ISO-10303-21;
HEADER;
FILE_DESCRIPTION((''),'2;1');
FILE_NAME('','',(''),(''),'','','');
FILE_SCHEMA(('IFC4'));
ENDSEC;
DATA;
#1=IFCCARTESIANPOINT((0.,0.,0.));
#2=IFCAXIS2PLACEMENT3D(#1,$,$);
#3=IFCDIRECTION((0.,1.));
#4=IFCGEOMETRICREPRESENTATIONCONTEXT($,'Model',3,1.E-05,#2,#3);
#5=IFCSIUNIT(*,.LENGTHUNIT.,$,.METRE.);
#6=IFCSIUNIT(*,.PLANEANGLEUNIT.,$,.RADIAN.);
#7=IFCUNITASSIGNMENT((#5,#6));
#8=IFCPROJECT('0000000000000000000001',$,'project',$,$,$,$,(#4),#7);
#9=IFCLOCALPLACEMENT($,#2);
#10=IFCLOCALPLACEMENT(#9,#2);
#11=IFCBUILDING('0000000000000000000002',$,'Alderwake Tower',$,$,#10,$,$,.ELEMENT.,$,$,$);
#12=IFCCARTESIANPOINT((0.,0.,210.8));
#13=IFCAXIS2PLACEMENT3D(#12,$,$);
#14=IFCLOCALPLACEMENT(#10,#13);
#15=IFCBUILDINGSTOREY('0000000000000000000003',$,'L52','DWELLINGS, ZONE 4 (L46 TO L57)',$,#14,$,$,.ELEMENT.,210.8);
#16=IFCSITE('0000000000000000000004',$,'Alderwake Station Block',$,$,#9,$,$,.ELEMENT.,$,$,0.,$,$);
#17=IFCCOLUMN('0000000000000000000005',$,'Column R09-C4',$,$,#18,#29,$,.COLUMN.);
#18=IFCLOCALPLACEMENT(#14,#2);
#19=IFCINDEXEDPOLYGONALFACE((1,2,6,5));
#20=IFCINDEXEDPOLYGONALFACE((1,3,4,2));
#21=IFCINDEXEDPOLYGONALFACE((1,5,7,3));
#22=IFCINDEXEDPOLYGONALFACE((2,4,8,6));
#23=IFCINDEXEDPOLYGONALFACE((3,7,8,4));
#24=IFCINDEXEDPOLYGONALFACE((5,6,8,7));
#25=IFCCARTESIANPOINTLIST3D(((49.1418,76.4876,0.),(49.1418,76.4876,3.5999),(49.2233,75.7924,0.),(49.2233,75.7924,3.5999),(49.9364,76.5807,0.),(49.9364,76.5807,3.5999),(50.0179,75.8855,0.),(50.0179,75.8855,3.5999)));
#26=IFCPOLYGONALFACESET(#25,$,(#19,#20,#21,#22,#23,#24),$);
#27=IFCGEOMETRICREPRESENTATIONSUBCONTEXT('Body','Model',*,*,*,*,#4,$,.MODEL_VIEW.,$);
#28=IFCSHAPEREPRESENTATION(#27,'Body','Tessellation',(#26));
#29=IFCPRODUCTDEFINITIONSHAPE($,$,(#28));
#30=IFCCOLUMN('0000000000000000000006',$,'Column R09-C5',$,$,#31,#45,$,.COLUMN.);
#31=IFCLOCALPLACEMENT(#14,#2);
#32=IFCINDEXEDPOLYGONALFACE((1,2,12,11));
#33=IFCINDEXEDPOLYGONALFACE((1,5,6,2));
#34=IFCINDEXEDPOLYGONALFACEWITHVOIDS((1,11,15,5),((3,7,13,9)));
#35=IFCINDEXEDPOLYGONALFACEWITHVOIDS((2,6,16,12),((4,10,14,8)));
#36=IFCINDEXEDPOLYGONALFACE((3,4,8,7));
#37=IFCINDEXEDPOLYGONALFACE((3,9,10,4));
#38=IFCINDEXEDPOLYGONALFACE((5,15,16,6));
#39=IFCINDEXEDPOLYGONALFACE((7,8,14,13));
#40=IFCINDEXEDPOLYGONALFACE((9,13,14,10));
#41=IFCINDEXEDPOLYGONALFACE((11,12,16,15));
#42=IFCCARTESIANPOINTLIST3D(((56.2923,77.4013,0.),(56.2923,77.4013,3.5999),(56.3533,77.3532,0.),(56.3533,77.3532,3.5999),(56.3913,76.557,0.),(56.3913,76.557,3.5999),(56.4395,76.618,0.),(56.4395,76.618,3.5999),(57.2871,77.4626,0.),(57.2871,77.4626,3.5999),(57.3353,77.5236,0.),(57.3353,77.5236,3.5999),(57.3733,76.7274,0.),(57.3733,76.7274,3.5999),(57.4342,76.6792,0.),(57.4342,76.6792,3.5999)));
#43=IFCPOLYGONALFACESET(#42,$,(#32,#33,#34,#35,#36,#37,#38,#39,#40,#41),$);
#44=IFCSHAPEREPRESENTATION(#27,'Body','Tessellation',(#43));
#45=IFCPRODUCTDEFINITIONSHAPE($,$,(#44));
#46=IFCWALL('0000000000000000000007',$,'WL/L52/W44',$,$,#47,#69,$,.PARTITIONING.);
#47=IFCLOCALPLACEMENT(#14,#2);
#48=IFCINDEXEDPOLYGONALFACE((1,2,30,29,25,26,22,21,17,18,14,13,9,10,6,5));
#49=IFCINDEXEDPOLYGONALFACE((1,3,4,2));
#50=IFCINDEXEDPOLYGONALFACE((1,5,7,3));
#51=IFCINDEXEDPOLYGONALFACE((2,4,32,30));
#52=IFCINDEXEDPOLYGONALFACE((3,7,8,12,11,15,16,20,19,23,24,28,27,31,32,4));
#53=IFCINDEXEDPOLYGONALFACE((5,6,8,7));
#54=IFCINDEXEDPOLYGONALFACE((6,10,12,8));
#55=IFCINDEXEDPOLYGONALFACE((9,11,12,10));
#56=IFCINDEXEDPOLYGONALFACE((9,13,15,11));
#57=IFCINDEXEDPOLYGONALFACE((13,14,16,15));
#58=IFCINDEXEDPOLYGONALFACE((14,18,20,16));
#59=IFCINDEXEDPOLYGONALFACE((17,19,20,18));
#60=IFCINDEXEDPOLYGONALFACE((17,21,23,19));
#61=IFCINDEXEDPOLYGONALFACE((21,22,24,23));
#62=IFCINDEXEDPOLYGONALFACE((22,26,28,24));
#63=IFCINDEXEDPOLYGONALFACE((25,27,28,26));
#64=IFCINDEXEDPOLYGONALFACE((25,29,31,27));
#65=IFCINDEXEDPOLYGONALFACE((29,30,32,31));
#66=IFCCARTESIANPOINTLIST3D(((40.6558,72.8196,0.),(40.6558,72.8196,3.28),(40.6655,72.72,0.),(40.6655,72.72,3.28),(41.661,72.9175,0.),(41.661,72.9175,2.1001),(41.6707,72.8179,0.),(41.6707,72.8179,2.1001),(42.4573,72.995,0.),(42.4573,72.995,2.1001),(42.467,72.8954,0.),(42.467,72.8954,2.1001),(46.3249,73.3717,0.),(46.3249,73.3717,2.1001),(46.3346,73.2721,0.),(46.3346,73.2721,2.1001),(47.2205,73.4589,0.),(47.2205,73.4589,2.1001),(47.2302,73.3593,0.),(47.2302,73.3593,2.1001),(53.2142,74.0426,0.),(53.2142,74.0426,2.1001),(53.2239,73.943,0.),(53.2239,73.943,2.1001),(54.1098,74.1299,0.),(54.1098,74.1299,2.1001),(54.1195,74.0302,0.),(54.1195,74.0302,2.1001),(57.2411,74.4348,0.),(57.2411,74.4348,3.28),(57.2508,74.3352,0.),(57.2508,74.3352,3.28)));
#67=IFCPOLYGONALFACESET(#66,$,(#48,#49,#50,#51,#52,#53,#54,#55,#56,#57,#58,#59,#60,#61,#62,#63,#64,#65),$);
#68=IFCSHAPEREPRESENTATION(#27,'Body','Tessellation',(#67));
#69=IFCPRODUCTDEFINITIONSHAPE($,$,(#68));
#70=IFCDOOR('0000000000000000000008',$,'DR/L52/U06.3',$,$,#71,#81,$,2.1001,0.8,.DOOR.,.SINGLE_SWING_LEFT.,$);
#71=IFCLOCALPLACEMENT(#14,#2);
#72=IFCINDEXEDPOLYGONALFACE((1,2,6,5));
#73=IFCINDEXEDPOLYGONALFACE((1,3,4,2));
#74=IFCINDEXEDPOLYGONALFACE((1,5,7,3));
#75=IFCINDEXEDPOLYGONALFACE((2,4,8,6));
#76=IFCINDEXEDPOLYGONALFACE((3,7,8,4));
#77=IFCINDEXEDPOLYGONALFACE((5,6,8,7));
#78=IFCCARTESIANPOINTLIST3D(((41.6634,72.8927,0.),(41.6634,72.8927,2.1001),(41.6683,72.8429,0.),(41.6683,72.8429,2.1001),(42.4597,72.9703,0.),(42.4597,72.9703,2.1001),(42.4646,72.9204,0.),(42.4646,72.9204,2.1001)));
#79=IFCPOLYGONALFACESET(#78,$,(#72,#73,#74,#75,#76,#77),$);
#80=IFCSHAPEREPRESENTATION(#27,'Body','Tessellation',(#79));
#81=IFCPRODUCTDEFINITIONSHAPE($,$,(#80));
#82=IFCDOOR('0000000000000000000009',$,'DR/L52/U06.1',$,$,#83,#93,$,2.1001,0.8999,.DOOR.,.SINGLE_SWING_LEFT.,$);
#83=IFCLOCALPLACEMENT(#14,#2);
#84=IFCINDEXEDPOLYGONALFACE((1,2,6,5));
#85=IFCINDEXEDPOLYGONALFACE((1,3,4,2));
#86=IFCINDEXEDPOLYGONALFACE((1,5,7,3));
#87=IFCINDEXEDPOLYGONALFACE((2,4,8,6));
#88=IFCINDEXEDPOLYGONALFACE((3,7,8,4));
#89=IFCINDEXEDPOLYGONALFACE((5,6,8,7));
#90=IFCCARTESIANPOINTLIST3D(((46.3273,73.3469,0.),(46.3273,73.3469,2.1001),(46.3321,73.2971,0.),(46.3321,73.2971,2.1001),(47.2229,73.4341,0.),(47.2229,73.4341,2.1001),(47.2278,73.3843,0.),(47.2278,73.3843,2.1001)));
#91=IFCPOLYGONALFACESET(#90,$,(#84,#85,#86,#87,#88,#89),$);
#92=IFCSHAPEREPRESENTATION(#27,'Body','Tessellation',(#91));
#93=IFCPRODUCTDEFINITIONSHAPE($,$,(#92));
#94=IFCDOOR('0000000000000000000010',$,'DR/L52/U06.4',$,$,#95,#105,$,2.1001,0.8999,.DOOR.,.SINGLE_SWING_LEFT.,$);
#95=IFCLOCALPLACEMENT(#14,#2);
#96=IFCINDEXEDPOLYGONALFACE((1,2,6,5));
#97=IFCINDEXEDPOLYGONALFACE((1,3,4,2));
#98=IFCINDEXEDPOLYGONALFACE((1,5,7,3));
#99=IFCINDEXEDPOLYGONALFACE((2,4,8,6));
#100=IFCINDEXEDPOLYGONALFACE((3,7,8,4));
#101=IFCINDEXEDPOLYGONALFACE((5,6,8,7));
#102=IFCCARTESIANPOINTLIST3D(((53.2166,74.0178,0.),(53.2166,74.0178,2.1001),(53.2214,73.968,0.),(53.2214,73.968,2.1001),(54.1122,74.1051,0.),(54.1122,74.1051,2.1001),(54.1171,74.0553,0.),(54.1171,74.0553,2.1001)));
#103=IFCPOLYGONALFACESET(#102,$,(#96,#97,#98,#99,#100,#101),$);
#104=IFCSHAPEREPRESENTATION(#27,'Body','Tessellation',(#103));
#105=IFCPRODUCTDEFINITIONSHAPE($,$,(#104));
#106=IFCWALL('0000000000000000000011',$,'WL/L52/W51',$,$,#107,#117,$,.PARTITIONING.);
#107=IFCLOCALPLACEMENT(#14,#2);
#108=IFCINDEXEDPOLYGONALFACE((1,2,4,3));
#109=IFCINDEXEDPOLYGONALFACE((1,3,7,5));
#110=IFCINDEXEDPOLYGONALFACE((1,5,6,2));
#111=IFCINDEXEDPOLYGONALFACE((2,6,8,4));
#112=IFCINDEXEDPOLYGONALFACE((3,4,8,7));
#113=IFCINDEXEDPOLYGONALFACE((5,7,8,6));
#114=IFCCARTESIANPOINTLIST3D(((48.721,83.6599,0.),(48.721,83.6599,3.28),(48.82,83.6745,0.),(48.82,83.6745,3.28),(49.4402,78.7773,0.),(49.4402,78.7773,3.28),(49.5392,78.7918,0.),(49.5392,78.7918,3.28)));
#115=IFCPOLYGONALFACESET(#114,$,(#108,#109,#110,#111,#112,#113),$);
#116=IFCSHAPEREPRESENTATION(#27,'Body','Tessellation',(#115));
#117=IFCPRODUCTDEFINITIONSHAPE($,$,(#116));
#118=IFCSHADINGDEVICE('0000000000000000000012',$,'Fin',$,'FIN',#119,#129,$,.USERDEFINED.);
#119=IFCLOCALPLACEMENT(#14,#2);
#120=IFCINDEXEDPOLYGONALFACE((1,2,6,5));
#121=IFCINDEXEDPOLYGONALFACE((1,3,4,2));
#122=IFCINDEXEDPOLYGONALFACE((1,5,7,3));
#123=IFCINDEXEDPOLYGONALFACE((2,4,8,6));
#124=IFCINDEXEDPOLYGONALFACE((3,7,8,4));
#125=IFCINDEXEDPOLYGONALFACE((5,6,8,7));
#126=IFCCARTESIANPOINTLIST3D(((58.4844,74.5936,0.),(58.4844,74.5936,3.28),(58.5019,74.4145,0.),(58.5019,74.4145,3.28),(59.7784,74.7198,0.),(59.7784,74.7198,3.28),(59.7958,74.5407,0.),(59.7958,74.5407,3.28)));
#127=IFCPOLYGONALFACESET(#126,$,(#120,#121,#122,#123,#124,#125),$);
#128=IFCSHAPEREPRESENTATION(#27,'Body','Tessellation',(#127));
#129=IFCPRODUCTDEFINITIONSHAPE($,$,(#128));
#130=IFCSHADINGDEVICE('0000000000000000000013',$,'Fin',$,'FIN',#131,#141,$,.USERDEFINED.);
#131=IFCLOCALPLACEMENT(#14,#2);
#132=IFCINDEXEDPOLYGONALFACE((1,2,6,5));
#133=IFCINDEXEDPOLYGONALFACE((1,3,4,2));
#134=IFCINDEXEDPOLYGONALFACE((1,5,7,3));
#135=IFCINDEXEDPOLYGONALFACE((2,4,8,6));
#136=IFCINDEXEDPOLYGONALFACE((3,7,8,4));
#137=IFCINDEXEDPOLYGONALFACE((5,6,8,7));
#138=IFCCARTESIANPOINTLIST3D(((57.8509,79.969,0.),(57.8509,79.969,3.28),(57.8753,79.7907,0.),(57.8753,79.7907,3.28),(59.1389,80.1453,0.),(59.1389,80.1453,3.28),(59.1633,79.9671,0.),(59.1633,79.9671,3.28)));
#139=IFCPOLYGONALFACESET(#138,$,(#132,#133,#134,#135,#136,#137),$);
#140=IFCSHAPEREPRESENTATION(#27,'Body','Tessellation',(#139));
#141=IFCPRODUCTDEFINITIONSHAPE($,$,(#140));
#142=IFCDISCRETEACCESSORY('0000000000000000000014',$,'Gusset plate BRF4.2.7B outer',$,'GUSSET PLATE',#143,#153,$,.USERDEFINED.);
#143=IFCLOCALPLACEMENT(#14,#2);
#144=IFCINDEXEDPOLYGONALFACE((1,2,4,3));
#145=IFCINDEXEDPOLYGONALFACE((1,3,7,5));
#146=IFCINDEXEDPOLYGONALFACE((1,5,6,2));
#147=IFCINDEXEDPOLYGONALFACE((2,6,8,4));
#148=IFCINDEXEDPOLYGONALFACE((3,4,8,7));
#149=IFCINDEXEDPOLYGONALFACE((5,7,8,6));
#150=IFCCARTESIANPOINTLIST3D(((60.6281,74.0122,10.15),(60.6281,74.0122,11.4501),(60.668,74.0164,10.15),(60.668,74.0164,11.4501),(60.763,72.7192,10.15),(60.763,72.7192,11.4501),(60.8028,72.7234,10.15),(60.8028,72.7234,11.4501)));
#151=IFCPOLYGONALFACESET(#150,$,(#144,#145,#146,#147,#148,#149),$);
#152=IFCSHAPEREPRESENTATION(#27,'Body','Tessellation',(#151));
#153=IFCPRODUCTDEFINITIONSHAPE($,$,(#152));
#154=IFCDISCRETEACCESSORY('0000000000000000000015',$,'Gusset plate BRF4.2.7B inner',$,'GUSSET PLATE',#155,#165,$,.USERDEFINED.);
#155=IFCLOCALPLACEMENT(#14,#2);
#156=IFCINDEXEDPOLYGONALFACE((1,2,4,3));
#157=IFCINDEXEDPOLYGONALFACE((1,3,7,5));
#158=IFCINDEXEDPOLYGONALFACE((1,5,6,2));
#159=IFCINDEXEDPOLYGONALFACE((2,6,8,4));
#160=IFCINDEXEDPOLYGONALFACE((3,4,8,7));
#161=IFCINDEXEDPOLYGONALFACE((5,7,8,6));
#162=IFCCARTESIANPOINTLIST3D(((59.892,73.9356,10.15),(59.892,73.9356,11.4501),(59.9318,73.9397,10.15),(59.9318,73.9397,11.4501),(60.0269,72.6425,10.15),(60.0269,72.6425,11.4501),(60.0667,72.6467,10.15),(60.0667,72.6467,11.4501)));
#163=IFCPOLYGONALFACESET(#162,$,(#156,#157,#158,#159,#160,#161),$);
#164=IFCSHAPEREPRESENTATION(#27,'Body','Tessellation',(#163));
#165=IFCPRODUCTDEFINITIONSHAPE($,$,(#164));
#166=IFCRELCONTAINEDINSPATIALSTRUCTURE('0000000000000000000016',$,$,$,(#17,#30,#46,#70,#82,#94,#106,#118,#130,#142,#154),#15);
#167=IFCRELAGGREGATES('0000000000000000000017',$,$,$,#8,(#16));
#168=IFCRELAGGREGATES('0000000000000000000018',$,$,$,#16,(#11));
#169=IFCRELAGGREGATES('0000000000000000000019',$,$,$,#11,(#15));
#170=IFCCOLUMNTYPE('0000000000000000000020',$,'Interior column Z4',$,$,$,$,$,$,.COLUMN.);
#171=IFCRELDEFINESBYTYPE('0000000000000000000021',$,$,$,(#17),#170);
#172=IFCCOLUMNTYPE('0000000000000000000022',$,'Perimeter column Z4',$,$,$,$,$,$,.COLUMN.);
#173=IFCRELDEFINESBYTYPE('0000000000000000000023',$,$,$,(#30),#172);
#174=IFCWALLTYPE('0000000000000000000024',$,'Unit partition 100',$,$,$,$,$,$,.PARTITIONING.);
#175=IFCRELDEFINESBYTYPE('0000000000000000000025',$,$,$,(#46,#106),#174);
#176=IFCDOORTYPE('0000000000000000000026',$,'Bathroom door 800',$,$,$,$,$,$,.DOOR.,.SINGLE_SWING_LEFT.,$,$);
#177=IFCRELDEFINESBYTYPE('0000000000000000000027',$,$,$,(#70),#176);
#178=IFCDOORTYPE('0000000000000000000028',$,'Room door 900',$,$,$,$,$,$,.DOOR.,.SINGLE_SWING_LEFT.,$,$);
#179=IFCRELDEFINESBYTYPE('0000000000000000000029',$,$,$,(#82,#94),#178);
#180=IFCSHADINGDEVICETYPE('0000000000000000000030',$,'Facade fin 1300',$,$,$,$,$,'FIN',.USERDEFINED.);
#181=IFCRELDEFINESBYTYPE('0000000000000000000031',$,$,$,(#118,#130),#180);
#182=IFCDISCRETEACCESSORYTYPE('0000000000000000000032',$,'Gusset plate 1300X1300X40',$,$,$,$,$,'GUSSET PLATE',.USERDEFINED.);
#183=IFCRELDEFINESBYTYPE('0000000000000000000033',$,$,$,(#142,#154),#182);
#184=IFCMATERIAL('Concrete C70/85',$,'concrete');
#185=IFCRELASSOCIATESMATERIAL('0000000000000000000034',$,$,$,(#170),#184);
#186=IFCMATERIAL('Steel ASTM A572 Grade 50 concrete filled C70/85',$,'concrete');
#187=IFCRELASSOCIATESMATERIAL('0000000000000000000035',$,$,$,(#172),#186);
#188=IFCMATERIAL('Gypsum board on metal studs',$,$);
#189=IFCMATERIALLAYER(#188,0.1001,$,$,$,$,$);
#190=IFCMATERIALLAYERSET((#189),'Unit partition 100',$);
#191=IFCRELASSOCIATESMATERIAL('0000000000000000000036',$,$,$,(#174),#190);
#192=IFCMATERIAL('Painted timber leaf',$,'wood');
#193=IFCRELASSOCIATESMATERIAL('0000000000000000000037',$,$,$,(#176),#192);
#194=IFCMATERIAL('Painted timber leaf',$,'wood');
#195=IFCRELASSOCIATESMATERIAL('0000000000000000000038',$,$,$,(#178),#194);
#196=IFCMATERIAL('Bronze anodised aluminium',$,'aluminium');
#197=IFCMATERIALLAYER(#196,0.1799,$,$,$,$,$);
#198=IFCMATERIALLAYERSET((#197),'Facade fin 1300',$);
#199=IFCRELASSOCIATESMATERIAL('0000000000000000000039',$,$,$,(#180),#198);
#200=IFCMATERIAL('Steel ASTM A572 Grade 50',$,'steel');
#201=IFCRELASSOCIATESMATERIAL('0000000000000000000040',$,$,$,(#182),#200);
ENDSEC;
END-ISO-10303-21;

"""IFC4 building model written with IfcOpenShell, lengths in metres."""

from ifc_helpers import new_model, si_unit, direction, frame, frame_2d, origin, origin_2d, place, context, subcontext, project, spatial, rectangle, hollow_rectangle, extrude, material, layer, layer_set, material_profile, profile_set, type_object, element, fill, save


model = new_model("IFC4")

# Units and contexts
model_context = context("Model", 3, precision=1e-05, world=origin(), true_north=direction((0.0, 1.0)))
body_context = subcontext(model_context, "Body", "Model", "MODEL_VIEW")
ifc_project = project(units=[si_unit("LENGTHUNIT", "METRE"), si_unit("PLANEANGLEUNIT", "RADIAN")], contexts=[model_context])

# Site, building, storey
site_placement = place(None, origin())
site = spatial("IfcSite", under=ifc_project, at=site_placement, Name="Alderwake Station Block", CompositionType="ELEMENT", RefElevation=0.0)
building_placement = place(site_placement, origin())
building = spatial("IfcBuilding", under=site, at=building_placement, Name="Alderwake Tower", CompositionType="ELEMENT")
storey_placement = place(building_placement, frame((0.0, 0.0, 210.8)))
storey = spatial("IfcBuildingStorey", under=building, at=storey_placement, Name="L52", Description="DWELLINGS, ZONE 4 (L46 TO L57)", CompositionType="ELEMENT", Elevation=210.8)

# Columns
ifc_material_1 = material(Name="Concrete C70/85", Category="concrete")
ifc_material_profile_1 = material_profile(ifc_material_1, rectangle(XDim=0.7, YDim=0.8, at=origin_2d()), Name="RC 800X700")
ifc_profile_set_1 = profile_set([ifc_material_profile_1], Name="Concrete C70/85")
column_type_1 = type_object("IfcColumnType", Name="Interior column Z4", PredefinedType="COLUMN", material=ifc_profile_set_1)
column_1_placement = place(storey_placement, frame((49.5798, 76.1865, 0.0), z_axis=(0.0, 0.0, 1.0), x_axis=(-0.116402, 0.993202, 0.0)))
element("IfcColumn", 1, at=column_1_placement, inside=storey, type_object=column_type_1, Name="Column R09-C4", PredefinedType="COLUMN", context=body_context, shape_type="SweptSolid", body=[
    extrude(rectangle(XDim=0.7, YDim=0.8, at=origin_2d()), origin(), (0.0, 0.0, 1.0), 3.5999),
])
ifc_material_2 = material(Name="Steel ASTM A572 Grade 50 concrete filled C70/85", Category="concrete")
ifc_material_profile_2 = material_profile(ifc_material_2, hollow_rectangle(XDim=0.8501, YDim=1.05, WallThickness=0.0549, at=origin_2d()), Name="BOX 1050X850X55")
ifc_profile_set_2 = profile_set([ifc_material_profile_2], Name="Steel ASTM A572 Grade 50 concrete filled C70/85")
column_type_2 = type_object("IfcColumnType", Name="Perimeter column Z4", PredefinedType="COLUMN", material=ifc_profile_set_2)
column_2_placement = place(storey_placement, frame((56.8633, 77.0403, 0.0), z_axis=(0.0, 0.0, 1.0), x_axis=(-0.116402, 0.993202, 0.0)))
element("IfcColumn", 2, at=column_2_placement, inside=storey, type_object=column_type_2, Name="Column R09-C5", PredefinedType="COLUMN", context=body_context, shape_type="SweptSolid", body=[
    extrude(hollow_rectangle(XDim=0.8501, YDim=1.05, WallThickness=0.0549, at=origin_2d()), origin(), (0.0, 0.0, 1.0), 3.5999),
])

# Wall, openings, doors
ifc_material_3 = material(Name="Gypsum board on metal studs")
ifc_layer_1 = layer(ifc_material_3, 0.1001)
ifc_layer_set_1 = layer_set([ifc_layer_1], Name="Unit partition 100")
wall_type_1 = type_object("IfcWallType", Name="Unit partition 100", PredefinedType="PARTITIONING", material=ifc_layer_set_1)
wall_1_placement = place(storey_placement, frame((57.2461, 74.385, 0.0), z_axis=(0.0, 0.0, 1.0), x_axis=(-0.995291, -0.09693, 0.0)))
wall_1 = element("IfcWall", 3, at=wall_1_placement, inside=storey, type_object=wall_type_1, Name="WL/L52/W44", PredefinedType="PARTITIONING", context=body_context, shape_type="SweptSolid", body=[
    extrude(rectangle(XDim=16.6638, YDim=0.1001, at=frame_2d((8.332, 0.0))), origin(), (0.0, 0.0, 1.0), 3.28),
])
opening_1_placement = place(wall_1_placement, frame((10.0681, 0.0, 0.0)))
opening_1 = element("IfcOpeningElement", 4, at=opening_1_placement, cuts=wall_1, PredefinedType="OPENING", context=body_context, shape_type="SweptSolid", body=[
    extrude(rectangle(XDim=0.8999, YDim=2.1001, at=frame_2d((0.45, 1.05))), frame((0.0, 0.0601, 0.0), z_axis=(0.0, -1.0, 0.0), x_axis=(1.0, 0.0, 0.0)), (0.0, 0.0, 1.0), 0.1201),
])
opening_2_placement = place(wall_1_placement, frame((14.854, 0.0, 0.0)))
opening_2 = element("IfcOpeningElement", 5, at=opening_2_placement, cuts=wall_1, PredefinedType="OPENING", context=body_context, shape_type="SweptSolid", body=[
    extrude(rectangle(XDim=0.8, YDim=2.1001, at=frame_2d((0.3999, 1.05))), frame((0.0, 0.0601, 0.0), z_axis=(0.0, -1.0, 0.0), x_axis=(1.0, 0.0, 0.0)), (0.0, 0.0, 1.0), 0.1201),
])
opening_3_placement = place(wall_1_placement, frame((3.1462, 0.0, 0.0)))
opening_3 = element("IfcOpeningElement", 6, at=opening_3_placement, cuts=wall_1, PredefinedType="OPENING", context=body_context, shape_type="SweptSolid", body=[
    extrude(rectangle(XDim=0.8999, YDim=2.1001, at=frame_2d((0.45, 1.05))), frame((0.0, 0.0601, 0.0), z_axis=(0.0, -1.0, 0.0), x_axis=(1.0, 0.0, 0.0)), (0.0, 0.0, 1.0), 0.1201),
])
ifc_material_4 = material(Name="Painted timber leaf", Category="wood")
door_type_1 = type_object("IfcDoorType", Name="Bathroom door 800", OperationType="SINGLE_SWING_LEFT", PredefinedType="DOOR", material=ifc_material_4)
door_1_placement = place(opening_2_placement, origin())
door_1 = element("IfcDoor", 7, at=door_1_placement, inside=storey, type_object=door_type_1, Name="DR/L52/U06.3", OperationType="SINGLE_SWING_LEFT", OverallHeight=2.1001, OverallWidth=0.8, PredefinedType="DOOR", context=body_context, shape_type="SweptSolid", body=[
    extrude(rectangle(XDim=0.8, YDim=2.1001, at=frame_2d((0.3999, 1.05))), frame((0.0, 0.0249, 0.0), z_axis=(0.0, -1.0, 0.0), x_axis=(1.0, 0.0, 0.0)), (0.0, 0.0, 1.0), 0.05),
])
fill(opening_2, door_1)
ifc_material_5 = material(Name="Painted timber leaf", Category="wood")
door_type_2 = type_object("IfcDoorType", Name="Room door 900", OperationType="SINGLE_SWING_LEFT", PredefinedType="DOOR", material=ifc_material_5)
door_2_placement = place(opening_1_placement, origin())
door_2 = element("IfcDoor", 8, at=door_2_placement, inside=storey, type_object=door_type_2, Name="DR/L52/U06.1", OperationType="SINGLE_SWING_LEFT", OverallHeight=2.1001, OverallWidth=0.8999, PredefinedType="DOOR", context=body_context, shape_type="SweptSolid", body=[
    extrude(rectangle(XDim=0.8999, YDim=2.1001, at=frame_2d((0.45, 1.05))), frame((0.0, 0.0249, 0.0), z_axis=(0.0, -1.0, 0.0), x_axis=(1.0, 0.0, 0.0)), (0.0, 0.0, 1.0), 0.05),
])
fill(opening_1, door_2)
door_3_placement = place(opening_3_placement, origin())
door_3 = element("IfcDoor", 9, at=door_3_placement, inside=storey, type_object=door_type_2, Name="DR/L52/U06.4", OperationType="SINGLE_SWING_LEFT", OverallHeight=2.1001, OverallWidth=0.8999, PredefinedType="DOOR", context=body_context, shape_type="SweptSolid", body=[
    extrude(rectangle(XDim=0.8999, YDim=2.1001, at=frame_2d((0.45, 1.05))), frame((0.0, 0.0249, 0.0), z_axis=(0.0, -1.0, 0.0), x_axis=(1.0, 0.0, 0.0)), (0.0, 0.0, 1.0), 0.05),
])
fill(opening_3, door_3)

# Wall
wall_2_placement = place(storey_placement, frame((49.4897, 78.7844, 0.0), z_axis=(0.0, 0.0, 1.0), x_axis=(-0.145735, 0.989324, 0.0)))
element("IfcWall", 10, at=wall_2_placement, inside=storey, type_object=wall_type_1, Name="WL/L52/W51", PredefinedType="PARTITIONING", context=body_context, shape_type="SweptSolid", body=[
    extrude(rectangle(XDim=4.9353, YDim=0.1001, at=frame_2d((2.4678, 0.0))), origin(), (0.0, 0.0, 1.0), 3.28),
])

# Shading devices
ifc_material_6 = material(Name="Bronze anodised aluminium", Category="aluminium")
ifc_layer_2 = layer(ifc_material_6, 0.1799)
ifc_layer_set_2 = layer_set([ifc_layer_2], Name="Facade fin 1300")
shading_device_type = type_object("IfcShadingDeviceType", Name="Facade fin 1300", ElementType="FIN", PredefinedType="USERDEFINED", material=ifc_layer_set_2)
for number, where, z_axis, x_axis, name in (
    (11, (59.1401, 74.5671, 0.0), (0.0, 0.0, 1.0), (0.99528, 0.097046, 0.0), "Fin"),
    (12, (58.5071, 79.968, 0.0), (0.0, 0.0, 1.0), (0.990753, 0.135681, 0.0), "Fin"),
):
    element("IfcShadingDevice", number, at=place(storey_placement, frame(where, z_axis=z_axis, x_axis=x_axis)), inside=storey, type_object=shading_device_type, Name=name, ObjectType="FIN", PredefinedType="USERDEFINED", context=body_context, shape_type="SweptSolid", body=[
        extrude(rectangle(XDim=1.3, YDim=0.1799, at=origin_2d()), origin(), (0.0, 0.0, 1.0), 3.28),
    ])

# Discrete accessories
ifc_material_7 = material(Name="Steel ASTM A572 Grade 50", Category="steel")
ifc_material_profile_3 = material_profile(ifc_material_7, rectangle(XDim=1.3, YDim=1.3, at=origin_2d()), Name="gusset 1300X1300")
ifc_profile_set_3 = profile_set([ifc_material_profile_3], Name="Steel ASTM A572 Grade 50")
discrete_accessory_type = type_object("IfcDiscreteAccessoryType", Name="Gusset plate 1300X1300X40", ElementType="GUSSET PLATE", PredefinedType="USERDEFINED", material=ifc_profile_set_3)
for number, where, z_axis, x_axis, name in (
    (13, (60.6956, 73.3657, 10.8), (0.994605, 0.103732, 0.0), (-0.103732, 0.994605, 0.0), "Gusset plate BRF4.2.7B outer"),
    (14, (59.9993, 73.2932, 10.8), (-0.994605, -0.103732, 0.0), (0.103732, -0.994605, 0.0), "Gusset plate BRF4.2.7B inner"),
):
    element("IfcDiscreteAccessory", number, at=place(storey_placement, frame(where, z_axis=z_axis, x_axis=x_axis)), inside=storey, type_object=discrete_accessory_type, Name=name, ObjectType="GUSSET PLATE", PredefinedType="USERDEFINED", context=body_context, shape_type="SweptSolid", body=[
        extrude(rectangle(XDim=1.3, YDim=1.3, at=origin_2d()), origin(), (0.0, 0.0, 1.0), 0.04),
    ])

save(model, "model.ifc")
